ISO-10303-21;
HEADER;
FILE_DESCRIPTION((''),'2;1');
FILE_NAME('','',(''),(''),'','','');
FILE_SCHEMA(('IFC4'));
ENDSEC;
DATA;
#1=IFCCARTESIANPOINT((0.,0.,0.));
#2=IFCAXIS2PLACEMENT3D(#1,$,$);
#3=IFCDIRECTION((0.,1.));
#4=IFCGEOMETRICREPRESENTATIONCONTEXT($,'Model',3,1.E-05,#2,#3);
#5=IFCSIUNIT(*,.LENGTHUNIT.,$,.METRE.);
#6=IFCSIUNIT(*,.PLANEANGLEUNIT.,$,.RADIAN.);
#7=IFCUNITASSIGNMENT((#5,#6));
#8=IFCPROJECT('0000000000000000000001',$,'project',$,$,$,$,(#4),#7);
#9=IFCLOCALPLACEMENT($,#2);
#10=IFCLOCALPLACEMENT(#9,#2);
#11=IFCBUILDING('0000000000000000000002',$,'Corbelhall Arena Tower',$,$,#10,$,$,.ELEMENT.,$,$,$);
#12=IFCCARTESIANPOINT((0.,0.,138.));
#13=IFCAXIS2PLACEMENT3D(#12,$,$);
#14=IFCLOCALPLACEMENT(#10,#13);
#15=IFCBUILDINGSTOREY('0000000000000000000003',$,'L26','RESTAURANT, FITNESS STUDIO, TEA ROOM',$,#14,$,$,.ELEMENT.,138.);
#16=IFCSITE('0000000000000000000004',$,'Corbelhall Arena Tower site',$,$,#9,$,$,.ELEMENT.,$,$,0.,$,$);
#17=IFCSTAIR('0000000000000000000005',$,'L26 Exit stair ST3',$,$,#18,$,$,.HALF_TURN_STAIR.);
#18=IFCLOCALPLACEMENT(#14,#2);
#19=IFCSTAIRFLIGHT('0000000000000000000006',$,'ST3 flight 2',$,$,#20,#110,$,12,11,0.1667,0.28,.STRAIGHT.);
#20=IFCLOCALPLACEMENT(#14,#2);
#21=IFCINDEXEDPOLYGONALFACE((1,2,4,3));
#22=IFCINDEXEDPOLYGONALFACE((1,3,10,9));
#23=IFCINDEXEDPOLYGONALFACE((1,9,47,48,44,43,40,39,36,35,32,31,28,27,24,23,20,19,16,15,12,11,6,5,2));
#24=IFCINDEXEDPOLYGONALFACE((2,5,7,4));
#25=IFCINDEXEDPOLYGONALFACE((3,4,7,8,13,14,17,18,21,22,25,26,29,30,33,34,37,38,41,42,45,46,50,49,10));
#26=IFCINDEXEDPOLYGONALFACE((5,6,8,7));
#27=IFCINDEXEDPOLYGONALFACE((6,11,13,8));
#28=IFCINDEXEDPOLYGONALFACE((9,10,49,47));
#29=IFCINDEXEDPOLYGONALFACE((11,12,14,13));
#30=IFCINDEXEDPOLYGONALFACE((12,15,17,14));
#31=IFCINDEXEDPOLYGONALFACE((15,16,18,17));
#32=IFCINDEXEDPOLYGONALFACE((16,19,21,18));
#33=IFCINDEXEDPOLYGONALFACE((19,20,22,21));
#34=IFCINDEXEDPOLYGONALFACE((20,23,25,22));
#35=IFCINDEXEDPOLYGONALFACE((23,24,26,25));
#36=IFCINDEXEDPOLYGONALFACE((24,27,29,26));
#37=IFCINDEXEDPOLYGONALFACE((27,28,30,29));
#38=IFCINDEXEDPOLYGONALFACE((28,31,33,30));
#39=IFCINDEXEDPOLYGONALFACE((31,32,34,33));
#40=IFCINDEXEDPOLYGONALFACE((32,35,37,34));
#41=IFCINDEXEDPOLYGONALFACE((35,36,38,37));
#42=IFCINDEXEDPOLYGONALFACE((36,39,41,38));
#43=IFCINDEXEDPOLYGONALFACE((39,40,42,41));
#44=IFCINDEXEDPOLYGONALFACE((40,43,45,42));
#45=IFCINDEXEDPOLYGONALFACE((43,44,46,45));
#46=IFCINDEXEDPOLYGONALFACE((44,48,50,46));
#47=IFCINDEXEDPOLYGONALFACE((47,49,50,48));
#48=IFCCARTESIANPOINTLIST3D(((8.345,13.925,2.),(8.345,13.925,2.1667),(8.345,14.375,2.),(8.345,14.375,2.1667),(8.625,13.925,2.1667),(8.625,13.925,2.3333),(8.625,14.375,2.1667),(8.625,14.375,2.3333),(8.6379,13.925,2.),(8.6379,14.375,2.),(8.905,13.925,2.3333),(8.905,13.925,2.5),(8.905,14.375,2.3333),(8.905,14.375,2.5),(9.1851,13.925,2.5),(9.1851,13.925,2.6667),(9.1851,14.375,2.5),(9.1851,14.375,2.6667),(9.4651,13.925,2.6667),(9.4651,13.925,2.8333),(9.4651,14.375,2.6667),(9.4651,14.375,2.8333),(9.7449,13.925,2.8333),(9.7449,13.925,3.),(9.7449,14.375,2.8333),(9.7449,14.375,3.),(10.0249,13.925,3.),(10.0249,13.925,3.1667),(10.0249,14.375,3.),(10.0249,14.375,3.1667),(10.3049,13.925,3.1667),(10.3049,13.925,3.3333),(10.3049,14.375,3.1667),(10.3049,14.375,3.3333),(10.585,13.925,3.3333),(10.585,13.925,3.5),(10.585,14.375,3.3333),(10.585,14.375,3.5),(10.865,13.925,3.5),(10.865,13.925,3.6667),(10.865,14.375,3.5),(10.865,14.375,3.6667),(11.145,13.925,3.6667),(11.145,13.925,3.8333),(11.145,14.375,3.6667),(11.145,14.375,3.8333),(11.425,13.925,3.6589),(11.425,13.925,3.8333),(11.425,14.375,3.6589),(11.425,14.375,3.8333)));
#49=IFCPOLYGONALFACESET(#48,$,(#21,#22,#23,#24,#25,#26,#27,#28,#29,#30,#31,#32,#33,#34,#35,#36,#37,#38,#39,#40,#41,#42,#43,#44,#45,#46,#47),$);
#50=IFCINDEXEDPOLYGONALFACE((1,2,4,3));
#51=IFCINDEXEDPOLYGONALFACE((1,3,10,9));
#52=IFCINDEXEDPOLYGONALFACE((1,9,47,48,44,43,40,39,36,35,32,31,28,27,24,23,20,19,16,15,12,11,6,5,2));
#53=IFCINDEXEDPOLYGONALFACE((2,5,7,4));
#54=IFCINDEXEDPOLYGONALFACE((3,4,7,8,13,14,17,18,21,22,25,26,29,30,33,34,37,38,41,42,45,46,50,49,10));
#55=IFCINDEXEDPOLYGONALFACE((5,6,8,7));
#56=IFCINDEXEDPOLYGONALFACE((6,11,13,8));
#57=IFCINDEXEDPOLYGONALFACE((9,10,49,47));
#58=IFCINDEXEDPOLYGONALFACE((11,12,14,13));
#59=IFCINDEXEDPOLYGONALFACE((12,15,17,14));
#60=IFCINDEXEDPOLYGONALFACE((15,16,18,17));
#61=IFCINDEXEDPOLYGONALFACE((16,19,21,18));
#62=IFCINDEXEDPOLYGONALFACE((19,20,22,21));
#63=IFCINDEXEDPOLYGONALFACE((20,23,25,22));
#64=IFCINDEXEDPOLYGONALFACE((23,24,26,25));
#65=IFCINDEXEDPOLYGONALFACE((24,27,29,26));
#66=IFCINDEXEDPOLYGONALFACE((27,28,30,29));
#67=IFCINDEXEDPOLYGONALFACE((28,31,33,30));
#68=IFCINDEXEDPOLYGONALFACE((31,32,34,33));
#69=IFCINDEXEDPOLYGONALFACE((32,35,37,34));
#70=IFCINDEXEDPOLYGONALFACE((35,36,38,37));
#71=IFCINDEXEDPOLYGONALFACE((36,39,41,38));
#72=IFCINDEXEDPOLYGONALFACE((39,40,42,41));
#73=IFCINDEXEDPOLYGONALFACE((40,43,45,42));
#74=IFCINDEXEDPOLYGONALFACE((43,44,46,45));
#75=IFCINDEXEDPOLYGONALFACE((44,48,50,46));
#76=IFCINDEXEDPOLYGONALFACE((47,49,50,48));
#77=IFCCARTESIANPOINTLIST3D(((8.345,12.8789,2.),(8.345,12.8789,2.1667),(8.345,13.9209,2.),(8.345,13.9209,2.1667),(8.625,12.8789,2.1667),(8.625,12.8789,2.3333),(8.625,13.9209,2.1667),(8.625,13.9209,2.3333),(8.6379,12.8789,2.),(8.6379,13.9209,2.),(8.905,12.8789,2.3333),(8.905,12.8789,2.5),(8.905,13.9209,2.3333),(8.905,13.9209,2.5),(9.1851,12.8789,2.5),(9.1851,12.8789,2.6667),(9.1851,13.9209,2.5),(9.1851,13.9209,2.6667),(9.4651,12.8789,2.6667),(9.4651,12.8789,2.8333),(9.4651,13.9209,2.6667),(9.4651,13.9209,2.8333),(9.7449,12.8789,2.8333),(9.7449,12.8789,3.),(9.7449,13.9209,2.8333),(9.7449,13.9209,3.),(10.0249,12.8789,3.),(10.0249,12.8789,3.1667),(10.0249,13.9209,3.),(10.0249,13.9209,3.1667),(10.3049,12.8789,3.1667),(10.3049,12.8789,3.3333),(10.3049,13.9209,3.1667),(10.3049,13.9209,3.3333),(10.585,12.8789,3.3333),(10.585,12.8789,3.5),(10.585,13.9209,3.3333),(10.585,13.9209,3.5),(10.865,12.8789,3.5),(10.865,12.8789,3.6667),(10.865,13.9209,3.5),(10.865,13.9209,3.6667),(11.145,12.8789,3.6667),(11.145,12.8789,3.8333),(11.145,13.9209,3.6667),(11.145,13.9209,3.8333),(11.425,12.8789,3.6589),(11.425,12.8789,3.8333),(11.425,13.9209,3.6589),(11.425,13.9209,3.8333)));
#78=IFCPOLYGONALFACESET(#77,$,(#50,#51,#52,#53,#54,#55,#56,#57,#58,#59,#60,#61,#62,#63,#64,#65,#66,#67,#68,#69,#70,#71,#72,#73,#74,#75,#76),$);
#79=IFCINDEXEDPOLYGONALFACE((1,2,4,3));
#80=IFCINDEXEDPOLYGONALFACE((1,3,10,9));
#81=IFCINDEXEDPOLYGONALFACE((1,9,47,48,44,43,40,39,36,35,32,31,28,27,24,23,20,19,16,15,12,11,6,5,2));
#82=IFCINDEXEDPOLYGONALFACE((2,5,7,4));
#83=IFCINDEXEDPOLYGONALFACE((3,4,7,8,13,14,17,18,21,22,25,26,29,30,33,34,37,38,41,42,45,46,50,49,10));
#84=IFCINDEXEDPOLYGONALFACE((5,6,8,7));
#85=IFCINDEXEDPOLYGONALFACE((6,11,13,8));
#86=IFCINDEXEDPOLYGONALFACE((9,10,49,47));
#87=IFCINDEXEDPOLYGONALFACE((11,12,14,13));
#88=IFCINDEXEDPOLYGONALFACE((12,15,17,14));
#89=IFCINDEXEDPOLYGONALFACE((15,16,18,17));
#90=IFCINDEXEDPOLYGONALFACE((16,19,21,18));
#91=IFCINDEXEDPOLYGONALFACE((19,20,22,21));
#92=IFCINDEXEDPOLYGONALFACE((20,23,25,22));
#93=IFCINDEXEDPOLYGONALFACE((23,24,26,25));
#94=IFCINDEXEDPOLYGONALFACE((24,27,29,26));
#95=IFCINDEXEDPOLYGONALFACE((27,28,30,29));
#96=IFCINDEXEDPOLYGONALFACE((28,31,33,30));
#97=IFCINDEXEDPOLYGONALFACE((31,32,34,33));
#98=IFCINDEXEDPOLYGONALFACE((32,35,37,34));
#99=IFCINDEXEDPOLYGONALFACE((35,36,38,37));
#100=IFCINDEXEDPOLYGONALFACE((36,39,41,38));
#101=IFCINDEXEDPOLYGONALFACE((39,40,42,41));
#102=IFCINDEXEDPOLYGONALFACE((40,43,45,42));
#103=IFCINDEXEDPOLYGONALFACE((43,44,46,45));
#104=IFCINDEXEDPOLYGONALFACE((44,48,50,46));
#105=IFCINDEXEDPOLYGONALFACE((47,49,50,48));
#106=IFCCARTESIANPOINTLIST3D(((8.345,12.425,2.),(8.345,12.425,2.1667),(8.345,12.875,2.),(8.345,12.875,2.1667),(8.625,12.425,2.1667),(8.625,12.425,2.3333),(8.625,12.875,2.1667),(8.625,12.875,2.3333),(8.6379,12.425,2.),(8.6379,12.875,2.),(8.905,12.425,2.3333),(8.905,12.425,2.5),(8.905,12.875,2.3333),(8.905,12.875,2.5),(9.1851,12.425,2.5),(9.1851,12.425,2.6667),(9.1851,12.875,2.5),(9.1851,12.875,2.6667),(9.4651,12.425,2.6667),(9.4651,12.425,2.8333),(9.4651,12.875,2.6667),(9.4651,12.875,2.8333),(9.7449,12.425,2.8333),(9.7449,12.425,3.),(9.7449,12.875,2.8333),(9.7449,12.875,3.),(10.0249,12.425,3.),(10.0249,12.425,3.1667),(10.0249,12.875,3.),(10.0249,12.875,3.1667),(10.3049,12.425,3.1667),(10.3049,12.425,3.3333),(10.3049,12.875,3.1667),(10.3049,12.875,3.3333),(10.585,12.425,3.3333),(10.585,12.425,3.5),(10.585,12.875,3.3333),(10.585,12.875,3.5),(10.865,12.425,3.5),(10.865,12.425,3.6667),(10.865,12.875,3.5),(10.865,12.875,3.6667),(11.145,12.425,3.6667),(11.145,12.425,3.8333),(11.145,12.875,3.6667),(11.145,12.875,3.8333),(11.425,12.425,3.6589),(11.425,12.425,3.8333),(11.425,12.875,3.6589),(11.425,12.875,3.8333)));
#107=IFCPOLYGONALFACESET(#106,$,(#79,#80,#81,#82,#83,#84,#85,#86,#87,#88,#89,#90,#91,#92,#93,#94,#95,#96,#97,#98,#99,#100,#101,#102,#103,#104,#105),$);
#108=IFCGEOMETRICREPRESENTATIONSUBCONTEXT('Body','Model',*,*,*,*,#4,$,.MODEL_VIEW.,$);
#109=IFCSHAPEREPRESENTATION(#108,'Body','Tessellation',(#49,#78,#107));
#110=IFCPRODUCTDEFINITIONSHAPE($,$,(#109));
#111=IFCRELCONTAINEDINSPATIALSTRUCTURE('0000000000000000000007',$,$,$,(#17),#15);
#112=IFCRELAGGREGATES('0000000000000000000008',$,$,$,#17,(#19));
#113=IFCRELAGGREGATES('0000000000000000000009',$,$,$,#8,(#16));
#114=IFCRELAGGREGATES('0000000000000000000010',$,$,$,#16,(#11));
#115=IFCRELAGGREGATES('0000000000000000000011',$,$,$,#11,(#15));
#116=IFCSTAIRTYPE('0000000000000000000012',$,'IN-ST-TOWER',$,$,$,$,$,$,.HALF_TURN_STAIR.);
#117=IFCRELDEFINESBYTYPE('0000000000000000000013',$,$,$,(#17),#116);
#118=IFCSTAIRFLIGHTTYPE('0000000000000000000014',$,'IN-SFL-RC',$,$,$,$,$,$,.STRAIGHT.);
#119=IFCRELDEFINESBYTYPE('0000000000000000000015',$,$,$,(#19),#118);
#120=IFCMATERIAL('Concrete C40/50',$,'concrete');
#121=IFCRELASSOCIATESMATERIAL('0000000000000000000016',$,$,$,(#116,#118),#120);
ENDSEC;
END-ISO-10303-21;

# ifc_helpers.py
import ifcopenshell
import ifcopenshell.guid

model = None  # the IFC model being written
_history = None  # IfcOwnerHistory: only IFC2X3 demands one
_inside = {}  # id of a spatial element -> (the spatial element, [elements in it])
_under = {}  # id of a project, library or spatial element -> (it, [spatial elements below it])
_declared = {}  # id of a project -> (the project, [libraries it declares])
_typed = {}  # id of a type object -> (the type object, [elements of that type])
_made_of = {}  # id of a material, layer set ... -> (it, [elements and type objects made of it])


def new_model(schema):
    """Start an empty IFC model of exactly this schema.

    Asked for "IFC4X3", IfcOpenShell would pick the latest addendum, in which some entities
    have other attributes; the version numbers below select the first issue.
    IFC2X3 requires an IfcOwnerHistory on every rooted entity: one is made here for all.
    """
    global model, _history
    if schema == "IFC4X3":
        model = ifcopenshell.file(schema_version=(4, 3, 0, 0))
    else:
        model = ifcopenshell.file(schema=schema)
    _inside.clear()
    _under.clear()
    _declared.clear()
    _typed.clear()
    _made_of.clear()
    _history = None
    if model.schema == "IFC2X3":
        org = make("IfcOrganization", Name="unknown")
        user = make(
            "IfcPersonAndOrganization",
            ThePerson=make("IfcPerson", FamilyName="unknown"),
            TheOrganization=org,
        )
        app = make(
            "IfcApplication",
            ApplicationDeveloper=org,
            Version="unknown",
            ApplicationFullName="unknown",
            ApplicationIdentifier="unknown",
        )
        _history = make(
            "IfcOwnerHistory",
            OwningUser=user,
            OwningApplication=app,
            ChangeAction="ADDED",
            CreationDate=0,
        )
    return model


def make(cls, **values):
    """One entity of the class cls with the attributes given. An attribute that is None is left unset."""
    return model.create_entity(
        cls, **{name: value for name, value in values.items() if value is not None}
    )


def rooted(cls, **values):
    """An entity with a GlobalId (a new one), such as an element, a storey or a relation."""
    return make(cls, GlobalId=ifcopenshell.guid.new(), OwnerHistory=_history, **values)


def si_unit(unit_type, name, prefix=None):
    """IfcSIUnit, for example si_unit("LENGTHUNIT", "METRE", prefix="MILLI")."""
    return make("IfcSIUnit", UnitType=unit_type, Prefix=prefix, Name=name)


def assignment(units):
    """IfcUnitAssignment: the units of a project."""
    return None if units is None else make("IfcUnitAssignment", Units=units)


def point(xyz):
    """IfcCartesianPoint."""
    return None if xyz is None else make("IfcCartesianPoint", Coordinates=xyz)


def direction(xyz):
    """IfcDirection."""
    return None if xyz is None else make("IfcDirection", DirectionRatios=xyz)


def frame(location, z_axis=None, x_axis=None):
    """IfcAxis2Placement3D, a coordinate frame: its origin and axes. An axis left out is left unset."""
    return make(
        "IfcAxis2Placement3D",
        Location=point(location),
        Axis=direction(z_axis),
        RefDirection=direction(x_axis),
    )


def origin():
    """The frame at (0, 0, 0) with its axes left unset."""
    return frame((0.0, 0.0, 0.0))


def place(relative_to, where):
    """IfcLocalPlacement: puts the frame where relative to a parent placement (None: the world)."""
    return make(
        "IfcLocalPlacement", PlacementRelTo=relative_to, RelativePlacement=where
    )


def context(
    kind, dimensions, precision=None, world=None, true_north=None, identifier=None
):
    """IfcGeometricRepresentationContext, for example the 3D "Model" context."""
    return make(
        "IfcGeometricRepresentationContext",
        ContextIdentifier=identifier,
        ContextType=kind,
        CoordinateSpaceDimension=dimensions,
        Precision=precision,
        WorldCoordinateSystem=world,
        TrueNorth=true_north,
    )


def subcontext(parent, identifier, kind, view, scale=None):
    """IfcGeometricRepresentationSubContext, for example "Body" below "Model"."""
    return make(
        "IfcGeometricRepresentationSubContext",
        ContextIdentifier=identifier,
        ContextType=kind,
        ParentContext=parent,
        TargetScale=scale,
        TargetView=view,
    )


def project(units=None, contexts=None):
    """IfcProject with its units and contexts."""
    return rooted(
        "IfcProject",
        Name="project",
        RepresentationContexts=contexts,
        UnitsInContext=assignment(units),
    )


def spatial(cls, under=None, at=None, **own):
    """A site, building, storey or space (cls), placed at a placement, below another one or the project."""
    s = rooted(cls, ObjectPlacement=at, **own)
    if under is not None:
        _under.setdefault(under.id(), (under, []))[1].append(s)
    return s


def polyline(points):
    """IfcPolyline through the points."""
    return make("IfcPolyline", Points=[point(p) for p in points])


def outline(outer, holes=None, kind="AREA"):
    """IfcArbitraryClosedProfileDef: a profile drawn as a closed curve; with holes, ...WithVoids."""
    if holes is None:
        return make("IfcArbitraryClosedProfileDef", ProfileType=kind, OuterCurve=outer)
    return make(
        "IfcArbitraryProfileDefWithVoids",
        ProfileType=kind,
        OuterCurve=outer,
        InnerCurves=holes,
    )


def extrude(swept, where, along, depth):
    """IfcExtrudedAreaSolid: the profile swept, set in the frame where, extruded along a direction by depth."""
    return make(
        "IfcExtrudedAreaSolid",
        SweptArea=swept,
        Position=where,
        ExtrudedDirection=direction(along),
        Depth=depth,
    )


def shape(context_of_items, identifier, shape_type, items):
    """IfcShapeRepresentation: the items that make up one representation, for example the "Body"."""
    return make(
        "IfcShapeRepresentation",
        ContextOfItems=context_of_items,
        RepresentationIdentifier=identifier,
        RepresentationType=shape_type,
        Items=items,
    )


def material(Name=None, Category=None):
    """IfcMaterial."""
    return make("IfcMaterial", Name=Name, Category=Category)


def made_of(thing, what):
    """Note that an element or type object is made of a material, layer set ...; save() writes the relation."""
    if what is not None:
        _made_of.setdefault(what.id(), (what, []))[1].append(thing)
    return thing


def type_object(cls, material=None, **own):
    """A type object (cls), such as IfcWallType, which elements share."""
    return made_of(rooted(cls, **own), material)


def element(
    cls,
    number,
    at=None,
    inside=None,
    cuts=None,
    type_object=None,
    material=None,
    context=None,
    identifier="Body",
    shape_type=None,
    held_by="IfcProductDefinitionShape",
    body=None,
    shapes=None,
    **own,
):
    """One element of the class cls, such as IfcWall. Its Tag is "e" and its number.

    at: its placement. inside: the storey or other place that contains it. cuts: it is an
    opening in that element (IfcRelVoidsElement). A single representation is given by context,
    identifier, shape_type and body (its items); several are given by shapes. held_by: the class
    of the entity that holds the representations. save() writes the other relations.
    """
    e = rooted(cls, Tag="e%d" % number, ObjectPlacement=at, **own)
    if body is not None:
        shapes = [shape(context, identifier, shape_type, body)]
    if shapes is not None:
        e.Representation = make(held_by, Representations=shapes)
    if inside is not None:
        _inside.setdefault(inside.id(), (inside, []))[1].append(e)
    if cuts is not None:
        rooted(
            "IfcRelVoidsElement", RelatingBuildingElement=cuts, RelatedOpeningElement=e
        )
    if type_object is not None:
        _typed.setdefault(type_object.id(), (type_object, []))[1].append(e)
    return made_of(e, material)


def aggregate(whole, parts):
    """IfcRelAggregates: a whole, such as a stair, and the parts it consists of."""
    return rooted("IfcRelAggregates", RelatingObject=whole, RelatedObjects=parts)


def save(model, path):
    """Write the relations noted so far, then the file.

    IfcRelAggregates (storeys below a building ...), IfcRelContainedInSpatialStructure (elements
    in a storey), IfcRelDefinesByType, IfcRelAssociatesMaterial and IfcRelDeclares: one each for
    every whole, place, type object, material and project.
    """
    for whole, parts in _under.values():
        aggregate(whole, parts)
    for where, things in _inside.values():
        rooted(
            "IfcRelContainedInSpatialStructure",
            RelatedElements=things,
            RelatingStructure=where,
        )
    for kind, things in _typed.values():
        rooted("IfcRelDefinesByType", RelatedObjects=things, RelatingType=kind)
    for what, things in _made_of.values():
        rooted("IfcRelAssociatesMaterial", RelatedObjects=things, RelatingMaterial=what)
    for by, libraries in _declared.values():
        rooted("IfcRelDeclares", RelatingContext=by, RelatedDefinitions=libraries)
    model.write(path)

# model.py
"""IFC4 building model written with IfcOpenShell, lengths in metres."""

from ifc_helpers import new_model, si_unit, direction, frame, origin, place, context, subcontext, project, spatial, polyline, outline, extrude, material, type_object, element, aggregate, save


model = new_model("IFC4")

# Units and contexts
model_context = context("Model", 3, precision=1e-05, world=origin(), true_north=direction((0.0, 1.0)))
body_context = subcontext(model_context, "Body", "Model", "MODEL_VIEW")
ifc_project = project(units=[si_unit("LENGTHUNIT", "METRE"), si_unit("PLANEANGLEUNIT", "RADIAN")], contexts=[model_context])

# Site, building, storey
site_placement = place(None, origin())
site = spatial("IfcSite", under=ifc_project, at=site_placement, Name="Corbelhall Arena Tower site", CompositionType="ELEMENT", RefElevation=0.0)
building_placement = place(site_placement, origin())
building = spatial("IfcBuilding", under=site, at=building_placement, Name="Corbelhall Arena Tower", CompositionType="ELEMENT")
storey_placement = place(building_placement, frame((0.0, 0.0, 138.0)))
storey = spatial("IfcBuildingStorey", under=building, at=storey_placement, Name="L26", Description="RESTAURANT, FITNESS STUDIO, TEA ROOM", CompositionType="ELEMENT", Elevation=138.0)

# Shared definitions
ifc_material_1 = material(Name="Concrete C40/50", Category="concrete")

# Stair, stair flight
stair_type = type_object("IfcStairType", Name="IN-ST-TOWER", PredefinedType="HALF_TURN_STAIR", material=ifc_material_1)
stair_placement = place(storey_placement, origin())
stair = element("IfcStair", 1, at=stair_placement, inside=storey, type_object=stair_type, Name="L26 Exit stair ST3", PredefinedType="HALF_TURN_STAIR")
stair_flight_type = type_object("IfcStairFlightType", Name="IN-SFL-RC", PredefinedType="STRAIGHT", material=ifc_material_1)
stair_flight_1_placement = place(storey_placement, frame((8.345, 13.3999, 2.0), z_axis=(0.0, 0.0, 1.0), x_axis=(1.0, 0.0, 0.0)))
stair_flight_1 = element("IfcStairFlight", 2, at=stair_flight_1_placement, type_object=stair_flight_type, Name="ST3 flight 2", NumberOfRisers=12, NumberOfTreads=11, PredefinedType="STRAIGHT", RiserHeight=0.1667, TreadLength=0.28, context=body_context, shape_type="SweptSolid", body=[
    extrude(outline(polyline([(0.0, 0.0), (0.0, 0.1667), (0.28, 0.1667), (0.28, 0.3333), (0.5601, 0.3333), (0.5601, 0.5), (0.8401, 0.5), (0.8401, 0.6667), (1.1201, 0.6667), (1.1201, 0.8333), (1.3999, 0.8333), (1.3999, 1.0), (1.6799, 1.0), (1.6799, 1.1667), (1.96, 1.1667), (1.96, 1.3333), (2.24, 1.3333), (2.24, 1.5), (2.52, 1.5), (2.52, 1.6667), (2.8, 1.6667), (2.8, 1.8333), (3.0801, 1.8333), (3.0801, 2.0), (3.0801, 1.6589), (0.293, 0.0), (0.0, 0.0)])), frame((0.0, 0.9751, 0.0), z_axis=(0.0, -1.0, 0.0), x_axis=(1.0, 0.0, 0.0)), (0.0, 0.0, 1.0), 0.45),
    extrude(outline(polyline([(0.0, 0.0), (0.0, 0.1667), (0.28, 0.1667), (0.28, 0.3333), (0.5601, 0.3333), (0.5601, 0.5), (0.8401, 0.5), (0.8401, 0.6667), (1.1201, 0.6667), (1.1201, 0.8333), (1.3999, 0.8333), (1.3999, 1.0), (1.6799, 1.0), (1.6799, 1.1667), (1.96, 1.1667), (1.96, 1.3333), (2.24, 1.3333), (2.24, 1.5), (2.52, 1.5), (2.52, 1.6667), (2.8, 1.6667), (2.8, 1.8333), (3.0801, 1.8333), (3.0801, 2.0), (3.0801, 1.6589), (0.293, 0.0), (0.0, 0.0)])), frame((0.0, 0.521, 0.0), z_axis=(0.0, -1.0, 0.0), x_axis=(1.0, 0.0, 0.0)), (0.0, 0.0, 1.0), 1.042),
    extrude(outline(polyline([(0.0, 0.0), (0.0, 0.1667), (0.28, 0.1667), (0.28, 0.3333), (0.5601, 0.3333), (0.5601, 0.5), (0.8401, 0.5), (0.8401, 0.6667), (1.1201, 0.6667), (1.1201, 0.8333), (1.3999, 0.8333), (1.3999, 1.0), (1.6799, 1.0), (1.6799, 1.1667), (1.96, 1.1667), (1.96, 1.3333), (2.24, 1.3333), (2.24, 1.5), (2.52, 1.5), (2.52, 1.6667), (2.8, 1.6667), (2.8, 1.8333), (3.0801, 1.8333), (3.0801, 2.0), (3.0801, 1.6589), (0.293, 0.0), (0.0, 0.0)])), frame((0.0, -0.5249, 0.0), z_axis=(0.0, -1.0, 0.0), x_axis=(1.0, 0.0, 0.0)), (0.0, 0.0, 1.0), 0.45),
])
aggregate(stair, [stair_flight_1])

save(model, "model.ifc")
